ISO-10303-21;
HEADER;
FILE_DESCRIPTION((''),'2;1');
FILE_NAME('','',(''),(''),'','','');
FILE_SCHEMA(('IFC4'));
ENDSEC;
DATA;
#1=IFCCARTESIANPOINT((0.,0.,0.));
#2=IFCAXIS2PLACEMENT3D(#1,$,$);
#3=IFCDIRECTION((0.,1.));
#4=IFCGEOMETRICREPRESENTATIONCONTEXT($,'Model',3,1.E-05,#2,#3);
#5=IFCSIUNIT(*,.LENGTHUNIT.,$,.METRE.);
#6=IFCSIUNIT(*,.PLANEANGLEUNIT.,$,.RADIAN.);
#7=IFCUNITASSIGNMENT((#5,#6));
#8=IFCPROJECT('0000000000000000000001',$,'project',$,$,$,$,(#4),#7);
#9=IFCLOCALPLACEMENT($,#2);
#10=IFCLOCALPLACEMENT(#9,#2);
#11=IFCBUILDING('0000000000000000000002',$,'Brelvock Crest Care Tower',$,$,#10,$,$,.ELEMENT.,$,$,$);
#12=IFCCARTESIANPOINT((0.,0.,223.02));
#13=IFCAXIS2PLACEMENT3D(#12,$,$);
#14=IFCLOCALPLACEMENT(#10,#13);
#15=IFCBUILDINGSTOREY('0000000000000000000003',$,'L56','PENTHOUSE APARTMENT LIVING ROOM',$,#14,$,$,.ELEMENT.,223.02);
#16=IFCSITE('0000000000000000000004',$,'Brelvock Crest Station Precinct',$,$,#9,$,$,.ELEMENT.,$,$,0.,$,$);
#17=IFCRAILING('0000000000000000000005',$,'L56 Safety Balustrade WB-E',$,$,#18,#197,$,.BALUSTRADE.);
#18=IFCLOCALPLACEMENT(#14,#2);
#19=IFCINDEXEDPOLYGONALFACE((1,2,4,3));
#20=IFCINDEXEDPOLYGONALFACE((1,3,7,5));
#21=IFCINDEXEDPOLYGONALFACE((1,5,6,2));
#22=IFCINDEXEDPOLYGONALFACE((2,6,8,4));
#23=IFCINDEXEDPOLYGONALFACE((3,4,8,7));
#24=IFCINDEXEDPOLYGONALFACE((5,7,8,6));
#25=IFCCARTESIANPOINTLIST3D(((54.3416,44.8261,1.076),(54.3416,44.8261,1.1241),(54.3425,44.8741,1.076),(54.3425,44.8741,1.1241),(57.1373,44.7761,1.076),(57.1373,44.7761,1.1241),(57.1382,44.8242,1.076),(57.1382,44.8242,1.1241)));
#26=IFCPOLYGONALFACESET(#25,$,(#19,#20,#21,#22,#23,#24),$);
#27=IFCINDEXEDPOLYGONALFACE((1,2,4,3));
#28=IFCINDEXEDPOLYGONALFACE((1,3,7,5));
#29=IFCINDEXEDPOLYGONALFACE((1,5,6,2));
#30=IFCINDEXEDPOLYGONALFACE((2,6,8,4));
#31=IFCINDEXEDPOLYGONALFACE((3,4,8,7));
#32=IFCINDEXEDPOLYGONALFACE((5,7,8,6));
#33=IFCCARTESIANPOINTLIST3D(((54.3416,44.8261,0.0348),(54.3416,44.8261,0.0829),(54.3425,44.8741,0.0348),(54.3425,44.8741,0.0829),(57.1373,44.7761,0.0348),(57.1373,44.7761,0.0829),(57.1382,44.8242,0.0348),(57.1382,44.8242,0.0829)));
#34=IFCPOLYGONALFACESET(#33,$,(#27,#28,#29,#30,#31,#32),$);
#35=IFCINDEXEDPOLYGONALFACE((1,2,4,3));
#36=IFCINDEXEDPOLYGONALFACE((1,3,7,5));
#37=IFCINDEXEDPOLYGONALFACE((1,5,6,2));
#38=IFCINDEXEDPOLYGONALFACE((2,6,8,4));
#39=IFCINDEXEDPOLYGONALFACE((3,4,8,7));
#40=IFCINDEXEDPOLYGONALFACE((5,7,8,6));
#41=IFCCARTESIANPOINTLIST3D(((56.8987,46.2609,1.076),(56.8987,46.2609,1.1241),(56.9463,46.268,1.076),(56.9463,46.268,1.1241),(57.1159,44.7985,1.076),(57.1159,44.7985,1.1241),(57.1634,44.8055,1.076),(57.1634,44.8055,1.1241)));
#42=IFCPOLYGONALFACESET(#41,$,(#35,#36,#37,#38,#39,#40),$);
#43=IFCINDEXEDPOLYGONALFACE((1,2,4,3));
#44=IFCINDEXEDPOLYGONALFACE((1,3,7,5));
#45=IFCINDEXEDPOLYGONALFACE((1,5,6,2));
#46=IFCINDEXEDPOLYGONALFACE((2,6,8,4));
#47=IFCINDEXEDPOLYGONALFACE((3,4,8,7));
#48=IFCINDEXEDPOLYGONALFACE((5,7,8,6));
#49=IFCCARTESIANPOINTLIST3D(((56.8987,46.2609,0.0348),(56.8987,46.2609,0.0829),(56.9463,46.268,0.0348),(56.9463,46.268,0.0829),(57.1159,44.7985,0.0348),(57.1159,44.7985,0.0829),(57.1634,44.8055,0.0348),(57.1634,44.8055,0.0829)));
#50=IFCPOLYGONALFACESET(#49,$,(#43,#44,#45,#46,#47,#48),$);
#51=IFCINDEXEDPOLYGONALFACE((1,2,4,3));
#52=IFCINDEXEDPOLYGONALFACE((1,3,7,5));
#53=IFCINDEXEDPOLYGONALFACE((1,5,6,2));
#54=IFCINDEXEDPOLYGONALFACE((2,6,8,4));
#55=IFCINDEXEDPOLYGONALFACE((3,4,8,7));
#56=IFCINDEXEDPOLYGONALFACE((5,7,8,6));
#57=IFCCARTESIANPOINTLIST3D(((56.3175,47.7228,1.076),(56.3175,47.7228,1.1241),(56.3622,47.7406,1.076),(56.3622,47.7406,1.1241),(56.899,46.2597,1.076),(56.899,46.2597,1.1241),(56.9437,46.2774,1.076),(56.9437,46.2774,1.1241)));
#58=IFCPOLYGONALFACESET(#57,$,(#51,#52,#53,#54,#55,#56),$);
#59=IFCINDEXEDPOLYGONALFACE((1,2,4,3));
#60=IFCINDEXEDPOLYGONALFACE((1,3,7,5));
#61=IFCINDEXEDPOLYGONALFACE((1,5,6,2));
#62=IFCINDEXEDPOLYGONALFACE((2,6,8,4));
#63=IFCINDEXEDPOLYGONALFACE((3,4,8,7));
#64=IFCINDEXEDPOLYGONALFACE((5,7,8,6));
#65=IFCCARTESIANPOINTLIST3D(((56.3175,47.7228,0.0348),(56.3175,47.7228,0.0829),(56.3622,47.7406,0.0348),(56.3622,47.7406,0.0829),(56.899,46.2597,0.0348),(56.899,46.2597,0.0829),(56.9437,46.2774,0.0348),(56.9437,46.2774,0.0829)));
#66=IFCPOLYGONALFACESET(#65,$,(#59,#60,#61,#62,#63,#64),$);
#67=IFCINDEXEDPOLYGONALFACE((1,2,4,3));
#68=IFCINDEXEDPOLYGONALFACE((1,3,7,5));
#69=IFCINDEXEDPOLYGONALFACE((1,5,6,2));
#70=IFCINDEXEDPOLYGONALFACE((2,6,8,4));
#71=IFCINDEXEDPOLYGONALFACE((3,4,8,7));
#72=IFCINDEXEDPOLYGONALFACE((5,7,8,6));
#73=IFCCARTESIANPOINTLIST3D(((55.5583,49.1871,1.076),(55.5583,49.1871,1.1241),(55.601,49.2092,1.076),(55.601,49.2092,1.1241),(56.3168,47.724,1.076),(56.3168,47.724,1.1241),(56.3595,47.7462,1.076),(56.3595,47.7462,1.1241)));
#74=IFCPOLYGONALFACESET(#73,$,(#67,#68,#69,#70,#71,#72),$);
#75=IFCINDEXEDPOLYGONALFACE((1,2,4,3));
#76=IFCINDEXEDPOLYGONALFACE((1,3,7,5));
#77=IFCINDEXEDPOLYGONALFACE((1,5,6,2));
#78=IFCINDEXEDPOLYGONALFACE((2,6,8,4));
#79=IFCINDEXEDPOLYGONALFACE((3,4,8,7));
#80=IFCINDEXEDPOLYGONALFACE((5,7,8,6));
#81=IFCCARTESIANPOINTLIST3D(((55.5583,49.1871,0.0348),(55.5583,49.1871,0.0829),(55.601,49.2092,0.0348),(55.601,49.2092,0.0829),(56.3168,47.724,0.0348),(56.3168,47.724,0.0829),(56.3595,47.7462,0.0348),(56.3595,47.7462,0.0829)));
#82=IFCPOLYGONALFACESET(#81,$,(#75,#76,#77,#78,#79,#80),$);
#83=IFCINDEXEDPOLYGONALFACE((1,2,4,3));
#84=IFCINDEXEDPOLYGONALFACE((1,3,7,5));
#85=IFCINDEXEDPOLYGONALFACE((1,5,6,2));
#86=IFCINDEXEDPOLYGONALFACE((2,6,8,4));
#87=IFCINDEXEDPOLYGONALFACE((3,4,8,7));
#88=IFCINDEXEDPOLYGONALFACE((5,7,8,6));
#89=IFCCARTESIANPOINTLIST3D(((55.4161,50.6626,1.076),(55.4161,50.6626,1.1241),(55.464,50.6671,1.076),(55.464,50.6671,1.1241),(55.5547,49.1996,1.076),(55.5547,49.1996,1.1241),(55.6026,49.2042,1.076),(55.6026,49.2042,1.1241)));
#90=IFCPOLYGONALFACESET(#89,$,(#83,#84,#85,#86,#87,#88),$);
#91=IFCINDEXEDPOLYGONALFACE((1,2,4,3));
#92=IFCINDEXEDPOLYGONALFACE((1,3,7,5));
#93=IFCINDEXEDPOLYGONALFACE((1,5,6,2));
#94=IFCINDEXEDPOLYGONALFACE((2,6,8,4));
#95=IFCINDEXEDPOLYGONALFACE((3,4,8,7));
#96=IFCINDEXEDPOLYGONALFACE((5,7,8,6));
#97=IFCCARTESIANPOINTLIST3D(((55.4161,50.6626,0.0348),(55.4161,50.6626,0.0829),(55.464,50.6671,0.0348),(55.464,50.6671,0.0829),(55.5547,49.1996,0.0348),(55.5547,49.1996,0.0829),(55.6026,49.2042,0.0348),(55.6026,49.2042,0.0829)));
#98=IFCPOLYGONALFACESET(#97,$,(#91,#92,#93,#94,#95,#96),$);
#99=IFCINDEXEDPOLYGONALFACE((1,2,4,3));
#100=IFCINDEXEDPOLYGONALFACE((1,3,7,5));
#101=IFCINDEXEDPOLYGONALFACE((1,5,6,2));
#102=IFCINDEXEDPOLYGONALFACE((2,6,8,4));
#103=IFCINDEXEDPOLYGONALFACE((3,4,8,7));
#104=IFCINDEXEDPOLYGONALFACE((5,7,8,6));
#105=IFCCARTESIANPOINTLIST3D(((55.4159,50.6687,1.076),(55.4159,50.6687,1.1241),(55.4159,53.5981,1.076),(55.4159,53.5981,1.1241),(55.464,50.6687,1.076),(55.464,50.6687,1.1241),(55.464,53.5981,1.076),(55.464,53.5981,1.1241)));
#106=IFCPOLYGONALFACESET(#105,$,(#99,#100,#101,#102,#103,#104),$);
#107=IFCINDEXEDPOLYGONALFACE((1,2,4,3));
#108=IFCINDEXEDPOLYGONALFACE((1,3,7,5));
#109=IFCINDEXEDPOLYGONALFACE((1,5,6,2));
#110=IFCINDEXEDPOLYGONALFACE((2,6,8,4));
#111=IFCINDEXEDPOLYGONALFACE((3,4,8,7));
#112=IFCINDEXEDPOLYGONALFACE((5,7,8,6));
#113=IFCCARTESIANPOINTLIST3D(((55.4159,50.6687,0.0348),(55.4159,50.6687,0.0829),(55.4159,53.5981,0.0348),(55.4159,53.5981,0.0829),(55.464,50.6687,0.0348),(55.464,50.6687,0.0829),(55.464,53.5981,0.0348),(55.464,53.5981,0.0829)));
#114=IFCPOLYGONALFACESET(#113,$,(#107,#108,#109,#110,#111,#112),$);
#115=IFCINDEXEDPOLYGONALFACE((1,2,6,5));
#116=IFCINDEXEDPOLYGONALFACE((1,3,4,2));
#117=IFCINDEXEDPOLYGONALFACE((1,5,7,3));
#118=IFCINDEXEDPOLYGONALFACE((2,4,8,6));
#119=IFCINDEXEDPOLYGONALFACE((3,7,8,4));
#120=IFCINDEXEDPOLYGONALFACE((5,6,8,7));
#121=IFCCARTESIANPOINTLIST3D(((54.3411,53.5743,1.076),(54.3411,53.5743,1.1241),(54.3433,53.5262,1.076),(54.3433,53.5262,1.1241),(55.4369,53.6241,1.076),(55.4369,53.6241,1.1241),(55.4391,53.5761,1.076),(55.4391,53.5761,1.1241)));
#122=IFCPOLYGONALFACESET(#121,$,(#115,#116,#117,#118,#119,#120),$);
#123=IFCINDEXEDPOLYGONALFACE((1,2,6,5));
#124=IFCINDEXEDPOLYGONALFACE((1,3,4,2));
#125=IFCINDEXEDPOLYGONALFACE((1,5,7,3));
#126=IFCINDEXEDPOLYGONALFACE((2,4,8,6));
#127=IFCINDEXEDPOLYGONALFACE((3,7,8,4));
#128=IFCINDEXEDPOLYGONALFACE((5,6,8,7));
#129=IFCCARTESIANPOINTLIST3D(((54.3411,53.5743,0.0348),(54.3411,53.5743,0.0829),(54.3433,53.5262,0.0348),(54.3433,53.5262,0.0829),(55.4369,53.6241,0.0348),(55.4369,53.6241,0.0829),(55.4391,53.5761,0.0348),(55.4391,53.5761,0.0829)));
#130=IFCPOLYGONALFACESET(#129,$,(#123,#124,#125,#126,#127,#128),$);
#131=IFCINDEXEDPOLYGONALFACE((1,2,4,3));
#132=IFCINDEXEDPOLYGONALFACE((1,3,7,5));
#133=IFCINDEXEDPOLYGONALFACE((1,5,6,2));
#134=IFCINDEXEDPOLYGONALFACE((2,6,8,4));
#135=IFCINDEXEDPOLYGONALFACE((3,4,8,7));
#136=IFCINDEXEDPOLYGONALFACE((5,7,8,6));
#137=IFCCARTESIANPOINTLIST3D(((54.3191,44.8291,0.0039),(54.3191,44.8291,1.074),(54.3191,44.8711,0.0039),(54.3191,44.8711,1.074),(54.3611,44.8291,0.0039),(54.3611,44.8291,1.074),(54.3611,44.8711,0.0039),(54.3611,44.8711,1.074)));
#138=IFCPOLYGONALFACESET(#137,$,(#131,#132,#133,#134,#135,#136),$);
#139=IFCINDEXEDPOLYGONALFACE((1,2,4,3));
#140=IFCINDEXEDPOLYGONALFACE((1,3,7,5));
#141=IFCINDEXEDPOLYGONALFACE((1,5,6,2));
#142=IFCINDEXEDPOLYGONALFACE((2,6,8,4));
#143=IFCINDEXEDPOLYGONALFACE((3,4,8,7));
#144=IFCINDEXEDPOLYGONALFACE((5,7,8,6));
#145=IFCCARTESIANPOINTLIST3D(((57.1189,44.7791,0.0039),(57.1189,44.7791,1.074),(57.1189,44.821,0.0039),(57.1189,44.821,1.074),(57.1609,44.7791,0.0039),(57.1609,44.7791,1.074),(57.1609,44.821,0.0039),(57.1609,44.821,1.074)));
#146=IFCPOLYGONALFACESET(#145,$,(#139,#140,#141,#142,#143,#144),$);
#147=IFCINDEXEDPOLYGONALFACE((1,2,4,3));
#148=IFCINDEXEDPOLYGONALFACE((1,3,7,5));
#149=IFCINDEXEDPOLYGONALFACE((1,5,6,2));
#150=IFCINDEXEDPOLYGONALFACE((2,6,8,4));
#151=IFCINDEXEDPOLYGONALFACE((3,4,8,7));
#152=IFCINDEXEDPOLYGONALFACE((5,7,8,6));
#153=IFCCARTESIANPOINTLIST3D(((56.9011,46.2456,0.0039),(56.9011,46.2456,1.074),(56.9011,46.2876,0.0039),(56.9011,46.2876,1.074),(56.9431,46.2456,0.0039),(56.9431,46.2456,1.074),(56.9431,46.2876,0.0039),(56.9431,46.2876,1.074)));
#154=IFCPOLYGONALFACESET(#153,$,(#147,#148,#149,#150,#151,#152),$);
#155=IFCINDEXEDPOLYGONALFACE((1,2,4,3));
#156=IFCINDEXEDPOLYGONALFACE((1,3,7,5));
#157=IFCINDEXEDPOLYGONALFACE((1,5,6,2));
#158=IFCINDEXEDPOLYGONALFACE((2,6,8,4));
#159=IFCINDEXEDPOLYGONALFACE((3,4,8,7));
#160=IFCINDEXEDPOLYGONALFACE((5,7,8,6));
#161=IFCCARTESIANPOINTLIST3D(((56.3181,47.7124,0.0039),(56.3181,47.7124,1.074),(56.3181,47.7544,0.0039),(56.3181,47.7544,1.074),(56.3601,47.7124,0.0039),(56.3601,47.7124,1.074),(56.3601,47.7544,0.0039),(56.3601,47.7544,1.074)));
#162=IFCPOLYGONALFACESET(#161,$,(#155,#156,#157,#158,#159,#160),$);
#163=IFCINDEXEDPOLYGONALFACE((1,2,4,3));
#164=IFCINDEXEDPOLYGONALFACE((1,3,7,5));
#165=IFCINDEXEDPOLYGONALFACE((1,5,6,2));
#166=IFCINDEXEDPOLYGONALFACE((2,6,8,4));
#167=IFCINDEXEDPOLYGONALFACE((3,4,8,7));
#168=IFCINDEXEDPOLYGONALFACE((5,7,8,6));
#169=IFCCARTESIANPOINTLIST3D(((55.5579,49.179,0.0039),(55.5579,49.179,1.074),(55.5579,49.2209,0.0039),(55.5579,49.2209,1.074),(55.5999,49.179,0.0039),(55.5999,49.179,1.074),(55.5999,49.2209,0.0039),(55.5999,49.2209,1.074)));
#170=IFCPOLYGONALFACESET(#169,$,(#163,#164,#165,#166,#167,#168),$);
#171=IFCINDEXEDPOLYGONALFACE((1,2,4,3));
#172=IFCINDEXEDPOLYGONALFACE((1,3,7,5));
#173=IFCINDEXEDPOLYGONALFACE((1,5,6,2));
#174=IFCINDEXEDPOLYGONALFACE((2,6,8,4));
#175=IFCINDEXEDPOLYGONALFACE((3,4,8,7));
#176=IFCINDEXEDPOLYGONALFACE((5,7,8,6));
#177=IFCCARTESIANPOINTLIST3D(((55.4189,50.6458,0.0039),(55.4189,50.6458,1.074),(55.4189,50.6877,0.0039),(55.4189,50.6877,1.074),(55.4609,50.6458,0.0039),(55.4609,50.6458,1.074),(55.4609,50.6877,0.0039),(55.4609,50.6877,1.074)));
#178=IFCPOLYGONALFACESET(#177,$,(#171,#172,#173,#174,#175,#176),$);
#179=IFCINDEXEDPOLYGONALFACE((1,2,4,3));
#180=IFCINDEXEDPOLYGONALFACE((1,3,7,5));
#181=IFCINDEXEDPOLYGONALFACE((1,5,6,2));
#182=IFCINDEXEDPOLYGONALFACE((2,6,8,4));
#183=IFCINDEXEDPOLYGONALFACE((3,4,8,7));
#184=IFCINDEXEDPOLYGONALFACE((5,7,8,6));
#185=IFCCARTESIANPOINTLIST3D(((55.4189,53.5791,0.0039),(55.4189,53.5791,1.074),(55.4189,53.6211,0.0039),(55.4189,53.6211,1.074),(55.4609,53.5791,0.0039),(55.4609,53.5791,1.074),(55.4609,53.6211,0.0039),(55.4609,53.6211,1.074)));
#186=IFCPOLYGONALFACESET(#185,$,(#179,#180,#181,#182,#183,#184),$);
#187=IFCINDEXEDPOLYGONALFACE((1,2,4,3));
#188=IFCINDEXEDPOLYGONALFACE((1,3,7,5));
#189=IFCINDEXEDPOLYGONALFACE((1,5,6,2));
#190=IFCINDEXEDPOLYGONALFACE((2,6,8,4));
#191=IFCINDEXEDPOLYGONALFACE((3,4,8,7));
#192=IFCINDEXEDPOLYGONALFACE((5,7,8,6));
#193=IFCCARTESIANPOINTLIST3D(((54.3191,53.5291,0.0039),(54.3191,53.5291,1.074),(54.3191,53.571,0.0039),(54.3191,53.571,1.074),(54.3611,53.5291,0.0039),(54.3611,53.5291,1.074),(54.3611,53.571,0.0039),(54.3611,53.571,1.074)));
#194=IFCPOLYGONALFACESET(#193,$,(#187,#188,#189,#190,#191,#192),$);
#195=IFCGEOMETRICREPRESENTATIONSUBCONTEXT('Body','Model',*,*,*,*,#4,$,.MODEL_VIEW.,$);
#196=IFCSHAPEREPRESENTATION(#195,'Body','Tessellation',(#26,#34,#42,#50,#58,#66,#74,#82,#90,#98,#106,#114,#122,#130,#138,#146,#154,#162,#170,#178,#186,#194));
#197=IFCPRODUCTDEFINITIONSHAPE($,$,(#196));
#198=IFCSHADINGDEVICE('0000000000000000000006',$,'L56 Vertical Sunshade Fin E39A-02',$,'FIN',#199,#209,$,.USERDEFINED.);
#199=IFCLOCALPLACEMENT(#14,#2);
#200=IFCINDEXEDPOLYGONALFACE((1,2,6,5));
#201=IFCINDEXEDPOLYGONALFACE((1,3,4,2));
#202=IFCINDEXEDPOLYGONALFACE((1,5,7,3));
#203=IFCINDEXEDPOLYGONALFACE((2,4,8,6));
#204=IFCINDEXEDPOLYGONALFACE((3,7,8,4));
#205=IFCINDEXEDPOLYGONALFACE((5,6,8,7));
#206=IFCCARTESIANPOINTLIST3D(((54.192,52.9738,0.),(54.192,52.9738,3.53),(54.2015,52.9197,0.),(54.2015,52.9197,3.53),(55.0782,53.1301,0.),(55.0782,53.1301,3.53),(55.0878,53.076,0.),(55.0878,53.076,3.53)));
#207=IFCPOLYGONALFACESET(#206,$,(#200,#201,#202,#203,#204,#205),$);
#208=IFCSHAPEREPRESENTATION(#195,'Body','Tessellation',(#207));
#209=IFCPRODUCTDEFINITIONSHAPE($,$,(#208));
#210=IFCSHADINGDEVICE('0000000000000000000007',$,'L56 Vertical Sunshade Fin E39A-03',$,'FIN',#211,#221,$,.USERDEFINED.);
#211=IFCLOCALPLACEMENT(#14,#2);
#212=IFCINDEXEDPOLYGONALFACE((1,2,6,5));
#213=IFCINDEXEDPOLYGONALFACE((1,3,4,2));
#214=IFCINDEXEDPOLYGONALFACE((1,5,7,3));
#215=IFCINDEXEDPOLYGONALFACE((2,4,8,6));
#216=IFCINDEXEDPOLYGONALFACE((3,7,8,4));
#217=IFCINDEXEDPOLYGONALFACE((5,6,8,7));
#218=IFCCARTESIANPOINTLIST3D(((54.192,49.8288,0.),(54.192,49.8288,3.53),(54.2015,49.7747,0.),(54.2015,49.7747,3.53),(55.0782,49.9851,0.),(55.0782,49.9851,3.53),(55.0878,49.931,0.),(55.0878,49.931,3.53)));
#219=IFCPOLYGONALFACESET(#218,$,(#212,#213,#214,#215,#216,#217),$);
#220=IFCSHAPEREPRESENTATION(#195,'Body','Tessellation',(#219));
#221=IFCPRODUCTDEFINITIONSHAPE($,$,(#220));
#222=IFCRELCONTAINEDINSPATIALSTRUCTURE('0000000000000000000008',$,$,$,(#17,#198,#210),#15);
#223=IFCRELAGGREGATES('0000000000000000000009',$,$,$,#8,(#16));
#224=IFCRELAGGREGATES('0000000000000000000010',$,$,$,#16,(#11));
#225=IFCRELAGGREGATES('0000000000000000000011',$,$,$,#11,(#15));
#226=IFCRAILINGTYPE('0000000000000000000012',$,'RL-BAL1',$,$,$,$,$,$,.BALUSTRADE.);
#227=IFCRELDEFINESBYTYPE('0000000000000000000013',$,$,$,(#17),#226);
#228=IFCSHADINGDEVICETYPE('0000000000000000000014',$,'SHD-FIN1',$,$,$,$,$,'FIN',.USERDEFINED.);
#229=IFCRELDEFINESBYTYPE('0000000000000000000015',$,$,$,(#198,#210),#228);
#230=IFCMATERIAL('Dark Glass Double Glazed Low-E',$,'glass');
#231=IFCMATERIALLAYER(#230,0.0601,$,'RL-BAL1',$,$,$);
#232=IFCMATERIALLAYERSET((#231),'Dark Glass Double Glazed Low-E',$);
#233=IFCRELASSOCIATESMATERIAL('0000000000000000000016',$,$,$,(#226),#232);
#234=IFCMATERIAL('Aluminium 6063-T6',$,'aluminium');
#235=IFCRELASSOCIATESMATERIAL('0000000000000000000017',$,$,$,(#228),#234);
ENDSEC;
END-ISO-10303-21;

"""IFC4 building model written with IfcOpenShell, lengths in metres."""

from ifc_helpers import new_model, si_unit, direction, frame, origin, origin_2d, place, context, subcontext, project, spatial, rectangle, extrude, source, transform, mapped, material, layer, layer_set, material_profile, profile_set, type_object, element, save


model = new_model("IFC4")

# Units and contexts
model_context = context("Model", 3, precision=1e-05, world=origin(), true_north=direction((0.0, 1.0)))
body_context = subcontext(model_context, "Body", "Model", "MODEL_VIEW")
ifc_project = project(units=[si_unit("LENGTHUNIT", "METRE"), si_unit("PLANEANGLEUNIT", "RADIAN")], contexts=[model_context])

# Site, building, storey
site_placement = place(None, origin())
site = spatial("IfcSite", under=ifc_project, at=site_placement, Name="Brelvock Crest Station Precinct", CompositionType="ELEMENT", RefElevation=0.0)
building_placement = place(site_placement, origin())
building = spatial("IfcBuilding", under=site, at=building_placement, Name="Brelvock Crest Care Tower", CompositionType="ELEMENT")
storey_placement = place(building_placement, frame((0.0, 0.0, 223.02)))
storey = spatial("IfcBuildingStorey", under=building, at=storey_placement, Name="L56", Description="PENTHOUSE APARTMENT LIVING ROOM", CompositionType="ELEMENT", Elevation=223.02)

# Shared definitions
ifc_material_1 = material(Name="Dark Glass Double Glazed Low-E", Category="glass")
ifc_material_2 = material(Name="Aluminium 6063-T6", Category="aluminium")

# Railing
ifc_layer_1 = layer(ifc_material_1, 0.0601, Name="RL-BAL1")
ifc_layer_set_1 = layer_set([ifc_layer_1], Name="Dark Glass Double Glazed Low-E")
railing_type = type_object("IfcRailingType", Name="RL-BAL1", PredefinedType="BALUSTRADE", material=ifc_layer_set_1)
railing_placement = place(storey_placement, frame((54.3401, 44.8501, 0.0039)))
element("IfcRailing", 1, at=railing_placement, inside=storey, type_object=railing_type, Name="L56 Safety Balustrade WB-E", PredefinedType="BALUSTRADE", context=body_context, shape_type="SweptSolid", body=[
    extrude(rectangle(XDim=0.0481, YDim=0.0481, at=origin_2d()), frame((0.002, 0.0, 1.0962), z_axis=(0.99984, -0.017873, 0.0), x_axis=(0.017873, 0.99984, 0.0)), (0.0, 0.0, 1.0), 2.7961),
    extrude(rectangle(XDim=0.0481, YDim=0.0481, at=origin_2d()), frame((0.002, 0.0, 0.0549), z_axis=(0.99984, -0.017873, 0.0), x_axis=(0.017873, 0.99984, 0.0)), (0.0, 0.0, 1.0), 2.7961),
    extrude(rectangle(XDim=0.0481, YDim=0.0481, at=origin_2d()), frame((2.7996, -0.0481, 1.0962), z_axis=(-0.146883, 0.989154, 0.0), x_axis=(-0.989154, -0.146883, 0.0)), (0.0, 0.0, 1.0), 1.4785),
    extrude(rectangle(XDim=0.0481, YDim=0.0481, at=origin_2d()), frame((2.7996, -0.0481, 0.0549), z_axis=(-0.146883, 0.989154, 0.0), x_axis=(-0.989154, -0.146883, 0.0)), (0.0, 0.0, 1.0), 1.4785),
    extrude(rectangle(XDim=0.0481, YDim=0.0481, at=origin_2d()), frame((2.5813, 1.4185, 1.0962), z_axis=(-0.369363, 0.929285, 0.0), x_axis=(-0.929285, -0.369363, 0.0)), (0.0, 0.0, 1.0), 1.5745),
    extrude(rectangle(XDim=0.0481, YDim=0.0481, at=origin_2d()), frame((2.5813, 1.4185, 0.0549), z_axis=(-0.369363, 0.929285, 0.0), x_axis=(-0.929285, -0.369363, 0.0)), (0.0, 0.0, 1.0), 1.5745),
    extrude(rectangle(XDim=0.0481, YDim=0.0481, at=origin_2d()), frame((1.998, 2.885, 1.0962), z_axis=(-0.460231, 0.887799, 0.0), x_axis=(-0.887799, -0.460231, 0.0)), (0.0, 0.0, 1.0), 1.6479),
    extrude(rectangle(XDim=0.0481, YDim=0.0481, at=origin_2d()), frame((1.998, 2.885, 0.0549), z_axis=(-0.460231, 0.887799, 0.0), x_axis=(-0.887799, -0.460231, 0.0)), (0.0, 0.0, 1.0), 1.6479),
    extrude(rectangle(XDim=0.0481, YDim=0.0481, at=origin_2d()), frame((1.2385, 4.3518, 1.0962), z_axis=(-0.094285, 0.995545, 0.0), x_axis=(-0.995545, -0.094285, 0.0)), (0.0, 0.0, 1.0), 1.4695),
    extrude(rectangle(XDim=0.0481, YDim=0.0481, at=origin_2d()), frame((1.2385, 4.3518, 0.0549), z_axis=(-0.094285, 0.995545, 0.0), x_axis=(-0.995545, -0.094285, 0.0)), (0.0, 0.0, 1.0), 1.4695),
    extrude(rectangle(XDim=0.0481, YDim=0.0481, at=origin_2d()), frame((1.0999, 5.8186, 1.0962), z_axis=(0.0, 1.0, 0.0), x_axis=(-1.0, 0.0, 0.0)), (0.0, 0.0, 1.0), 2.9294),
    extrude(rectangle(XDim=0.0481, YDim=0.0481, at=origin_2d()), frame((1.0999, 5.8186, 0.0549), z_axis=(0.0, 1.0, 0.0), x_axis=(-1.0, 0.0, 0.0)), (0.0, 0.0, 1.0), 2.9294),
    extrude(rectangle(XDim=0.0481, YDim=0.0481, at=origin_2d()), frame((1.0979, 8.75, 1.0962), z_axis=(-0.998966, -0.045458, 0.0), x_axis=(0.045458, -0.998966, 0.0)), (0.0, 0.0, 1.0), 1.0969),
    extrude(rectangle(XDim=0.0481, YDim=0.0481, at=origin_2d()), frame((1.0979, 8.75, 0.0549), z_axis=(-0.998966, -0.045458, 0.0), x_axis=(0.045458, -0.998966, 0.0)), (0.0, 0.0, 1.0), 1.0969),
    extrude(rectangle(XDim=0.042, YDim=0.042, at=origin_2d()), origin(), (0.0, 0.0, 1.0), 1.0701),
    extrude(rectangle(XDim=0.042, YDim=0.042, at=origin_2d()), frame((2.7998, -0.05, 0.0)), (0.0, 0.0, 1.0), 1.0701),
    extrude(rectangle(XDim=0.042, YDim=0.042, at=origin_2d()), frame((2.582, 1.4165, 0.0)), (0.0, 0.0, 1.0), 1.0701),
    extrude(rectangle(XDim=0.042, YDim=0.042, at=origin_2d()), frame((1.999, 2.8833, 0.0)), (0.0, 0.0, 1.0), 1.0701),
    extrude(rectangle(XDim=0.042, YDim=0.042, at=origin_2d()), frame((1.2388, 4.3499, 0.0)), (0.0, 0.0, 1.0), 1.0701),
    extrude(rectangle(XDim=0.042, YDim=0.042, at=origin_2d()), frame((1.0999, 5.8167, 0.0)), (0.0, 0.0, 1.0), 1.0701),
    extrude(rectangle(XDim=0.042, YDim=0.042, at=origin_2d()), frame((1.0999, 8.75, 0.0)), (0.0, 0.0, 1.0), 1.0701),
    extrude(rectangle(XDim=0.042, YDim=0.042, at=origin_2d()), frame((0.0, 8.7, 0.0)), (0.0, 0.0, 1.0), 1.0701),
])

# Shading devices
ifc_material_profile_1 = material_profile(ifc_material_2, rectangle(XDim=0.0549, YDim=0.8999, at=origin_2d()), Name="FIN55x900")
ifc_profile_set_1 = profile_set([ifc_material_profile_1], Name="Aluminium 6063-T6")
shading_device_type = type_object("IfcShadingDeviceType", Name="SHD-FIN1", ElementType="FIN", PredefinedType="USERDEFINED", material=ifc_profile_set_1)
shared_shape_1 = source(origin(), body_context, "Body", "SweptSolid", [
    extrude(rectangle(XDim=0.0549, YDim=0.8999, at=origin_2d()), origin(), (0.0, 0.0, 1.0), 3.53),
])
for number, where, z_axis, x_axis, name in (
    (2, (54.6399, 53.0249, 0.0), (0.0, 0.0, 1.0), (0.173648, -0.984808, 0.0), "L56 Vertical Sunshade Fin E39A-02"),
    (3, (54.6399, 49.8799, 0.0), (0.0, 0.0, 1.0), (0.173648, -0.984808, 0.0), "L56 Vertical Sunshade Fin E39A-03"),
):
    element("IfcShadingDevice", number, at=place(storey_placement, frame(where, z_axis=z_axis, x_axis=x_axis)), inside=storey, type_object=shading_device_type, Name=name, ObjectType="FIN", PredefinedType="USERDEFINED", context=body_context, shape_type="MappedRepresentation", body=[
        mapped(shared_shape_1, transform((0.0, 0.0, 0.0), x_axis=(1.0, 0.0, 0.0), y_axis=(0.0, 1.0, 0.0), z_axis=(0.0, 0.0, 1.0), scale=1.0)),
    ])

save(model, "model.ifc")
